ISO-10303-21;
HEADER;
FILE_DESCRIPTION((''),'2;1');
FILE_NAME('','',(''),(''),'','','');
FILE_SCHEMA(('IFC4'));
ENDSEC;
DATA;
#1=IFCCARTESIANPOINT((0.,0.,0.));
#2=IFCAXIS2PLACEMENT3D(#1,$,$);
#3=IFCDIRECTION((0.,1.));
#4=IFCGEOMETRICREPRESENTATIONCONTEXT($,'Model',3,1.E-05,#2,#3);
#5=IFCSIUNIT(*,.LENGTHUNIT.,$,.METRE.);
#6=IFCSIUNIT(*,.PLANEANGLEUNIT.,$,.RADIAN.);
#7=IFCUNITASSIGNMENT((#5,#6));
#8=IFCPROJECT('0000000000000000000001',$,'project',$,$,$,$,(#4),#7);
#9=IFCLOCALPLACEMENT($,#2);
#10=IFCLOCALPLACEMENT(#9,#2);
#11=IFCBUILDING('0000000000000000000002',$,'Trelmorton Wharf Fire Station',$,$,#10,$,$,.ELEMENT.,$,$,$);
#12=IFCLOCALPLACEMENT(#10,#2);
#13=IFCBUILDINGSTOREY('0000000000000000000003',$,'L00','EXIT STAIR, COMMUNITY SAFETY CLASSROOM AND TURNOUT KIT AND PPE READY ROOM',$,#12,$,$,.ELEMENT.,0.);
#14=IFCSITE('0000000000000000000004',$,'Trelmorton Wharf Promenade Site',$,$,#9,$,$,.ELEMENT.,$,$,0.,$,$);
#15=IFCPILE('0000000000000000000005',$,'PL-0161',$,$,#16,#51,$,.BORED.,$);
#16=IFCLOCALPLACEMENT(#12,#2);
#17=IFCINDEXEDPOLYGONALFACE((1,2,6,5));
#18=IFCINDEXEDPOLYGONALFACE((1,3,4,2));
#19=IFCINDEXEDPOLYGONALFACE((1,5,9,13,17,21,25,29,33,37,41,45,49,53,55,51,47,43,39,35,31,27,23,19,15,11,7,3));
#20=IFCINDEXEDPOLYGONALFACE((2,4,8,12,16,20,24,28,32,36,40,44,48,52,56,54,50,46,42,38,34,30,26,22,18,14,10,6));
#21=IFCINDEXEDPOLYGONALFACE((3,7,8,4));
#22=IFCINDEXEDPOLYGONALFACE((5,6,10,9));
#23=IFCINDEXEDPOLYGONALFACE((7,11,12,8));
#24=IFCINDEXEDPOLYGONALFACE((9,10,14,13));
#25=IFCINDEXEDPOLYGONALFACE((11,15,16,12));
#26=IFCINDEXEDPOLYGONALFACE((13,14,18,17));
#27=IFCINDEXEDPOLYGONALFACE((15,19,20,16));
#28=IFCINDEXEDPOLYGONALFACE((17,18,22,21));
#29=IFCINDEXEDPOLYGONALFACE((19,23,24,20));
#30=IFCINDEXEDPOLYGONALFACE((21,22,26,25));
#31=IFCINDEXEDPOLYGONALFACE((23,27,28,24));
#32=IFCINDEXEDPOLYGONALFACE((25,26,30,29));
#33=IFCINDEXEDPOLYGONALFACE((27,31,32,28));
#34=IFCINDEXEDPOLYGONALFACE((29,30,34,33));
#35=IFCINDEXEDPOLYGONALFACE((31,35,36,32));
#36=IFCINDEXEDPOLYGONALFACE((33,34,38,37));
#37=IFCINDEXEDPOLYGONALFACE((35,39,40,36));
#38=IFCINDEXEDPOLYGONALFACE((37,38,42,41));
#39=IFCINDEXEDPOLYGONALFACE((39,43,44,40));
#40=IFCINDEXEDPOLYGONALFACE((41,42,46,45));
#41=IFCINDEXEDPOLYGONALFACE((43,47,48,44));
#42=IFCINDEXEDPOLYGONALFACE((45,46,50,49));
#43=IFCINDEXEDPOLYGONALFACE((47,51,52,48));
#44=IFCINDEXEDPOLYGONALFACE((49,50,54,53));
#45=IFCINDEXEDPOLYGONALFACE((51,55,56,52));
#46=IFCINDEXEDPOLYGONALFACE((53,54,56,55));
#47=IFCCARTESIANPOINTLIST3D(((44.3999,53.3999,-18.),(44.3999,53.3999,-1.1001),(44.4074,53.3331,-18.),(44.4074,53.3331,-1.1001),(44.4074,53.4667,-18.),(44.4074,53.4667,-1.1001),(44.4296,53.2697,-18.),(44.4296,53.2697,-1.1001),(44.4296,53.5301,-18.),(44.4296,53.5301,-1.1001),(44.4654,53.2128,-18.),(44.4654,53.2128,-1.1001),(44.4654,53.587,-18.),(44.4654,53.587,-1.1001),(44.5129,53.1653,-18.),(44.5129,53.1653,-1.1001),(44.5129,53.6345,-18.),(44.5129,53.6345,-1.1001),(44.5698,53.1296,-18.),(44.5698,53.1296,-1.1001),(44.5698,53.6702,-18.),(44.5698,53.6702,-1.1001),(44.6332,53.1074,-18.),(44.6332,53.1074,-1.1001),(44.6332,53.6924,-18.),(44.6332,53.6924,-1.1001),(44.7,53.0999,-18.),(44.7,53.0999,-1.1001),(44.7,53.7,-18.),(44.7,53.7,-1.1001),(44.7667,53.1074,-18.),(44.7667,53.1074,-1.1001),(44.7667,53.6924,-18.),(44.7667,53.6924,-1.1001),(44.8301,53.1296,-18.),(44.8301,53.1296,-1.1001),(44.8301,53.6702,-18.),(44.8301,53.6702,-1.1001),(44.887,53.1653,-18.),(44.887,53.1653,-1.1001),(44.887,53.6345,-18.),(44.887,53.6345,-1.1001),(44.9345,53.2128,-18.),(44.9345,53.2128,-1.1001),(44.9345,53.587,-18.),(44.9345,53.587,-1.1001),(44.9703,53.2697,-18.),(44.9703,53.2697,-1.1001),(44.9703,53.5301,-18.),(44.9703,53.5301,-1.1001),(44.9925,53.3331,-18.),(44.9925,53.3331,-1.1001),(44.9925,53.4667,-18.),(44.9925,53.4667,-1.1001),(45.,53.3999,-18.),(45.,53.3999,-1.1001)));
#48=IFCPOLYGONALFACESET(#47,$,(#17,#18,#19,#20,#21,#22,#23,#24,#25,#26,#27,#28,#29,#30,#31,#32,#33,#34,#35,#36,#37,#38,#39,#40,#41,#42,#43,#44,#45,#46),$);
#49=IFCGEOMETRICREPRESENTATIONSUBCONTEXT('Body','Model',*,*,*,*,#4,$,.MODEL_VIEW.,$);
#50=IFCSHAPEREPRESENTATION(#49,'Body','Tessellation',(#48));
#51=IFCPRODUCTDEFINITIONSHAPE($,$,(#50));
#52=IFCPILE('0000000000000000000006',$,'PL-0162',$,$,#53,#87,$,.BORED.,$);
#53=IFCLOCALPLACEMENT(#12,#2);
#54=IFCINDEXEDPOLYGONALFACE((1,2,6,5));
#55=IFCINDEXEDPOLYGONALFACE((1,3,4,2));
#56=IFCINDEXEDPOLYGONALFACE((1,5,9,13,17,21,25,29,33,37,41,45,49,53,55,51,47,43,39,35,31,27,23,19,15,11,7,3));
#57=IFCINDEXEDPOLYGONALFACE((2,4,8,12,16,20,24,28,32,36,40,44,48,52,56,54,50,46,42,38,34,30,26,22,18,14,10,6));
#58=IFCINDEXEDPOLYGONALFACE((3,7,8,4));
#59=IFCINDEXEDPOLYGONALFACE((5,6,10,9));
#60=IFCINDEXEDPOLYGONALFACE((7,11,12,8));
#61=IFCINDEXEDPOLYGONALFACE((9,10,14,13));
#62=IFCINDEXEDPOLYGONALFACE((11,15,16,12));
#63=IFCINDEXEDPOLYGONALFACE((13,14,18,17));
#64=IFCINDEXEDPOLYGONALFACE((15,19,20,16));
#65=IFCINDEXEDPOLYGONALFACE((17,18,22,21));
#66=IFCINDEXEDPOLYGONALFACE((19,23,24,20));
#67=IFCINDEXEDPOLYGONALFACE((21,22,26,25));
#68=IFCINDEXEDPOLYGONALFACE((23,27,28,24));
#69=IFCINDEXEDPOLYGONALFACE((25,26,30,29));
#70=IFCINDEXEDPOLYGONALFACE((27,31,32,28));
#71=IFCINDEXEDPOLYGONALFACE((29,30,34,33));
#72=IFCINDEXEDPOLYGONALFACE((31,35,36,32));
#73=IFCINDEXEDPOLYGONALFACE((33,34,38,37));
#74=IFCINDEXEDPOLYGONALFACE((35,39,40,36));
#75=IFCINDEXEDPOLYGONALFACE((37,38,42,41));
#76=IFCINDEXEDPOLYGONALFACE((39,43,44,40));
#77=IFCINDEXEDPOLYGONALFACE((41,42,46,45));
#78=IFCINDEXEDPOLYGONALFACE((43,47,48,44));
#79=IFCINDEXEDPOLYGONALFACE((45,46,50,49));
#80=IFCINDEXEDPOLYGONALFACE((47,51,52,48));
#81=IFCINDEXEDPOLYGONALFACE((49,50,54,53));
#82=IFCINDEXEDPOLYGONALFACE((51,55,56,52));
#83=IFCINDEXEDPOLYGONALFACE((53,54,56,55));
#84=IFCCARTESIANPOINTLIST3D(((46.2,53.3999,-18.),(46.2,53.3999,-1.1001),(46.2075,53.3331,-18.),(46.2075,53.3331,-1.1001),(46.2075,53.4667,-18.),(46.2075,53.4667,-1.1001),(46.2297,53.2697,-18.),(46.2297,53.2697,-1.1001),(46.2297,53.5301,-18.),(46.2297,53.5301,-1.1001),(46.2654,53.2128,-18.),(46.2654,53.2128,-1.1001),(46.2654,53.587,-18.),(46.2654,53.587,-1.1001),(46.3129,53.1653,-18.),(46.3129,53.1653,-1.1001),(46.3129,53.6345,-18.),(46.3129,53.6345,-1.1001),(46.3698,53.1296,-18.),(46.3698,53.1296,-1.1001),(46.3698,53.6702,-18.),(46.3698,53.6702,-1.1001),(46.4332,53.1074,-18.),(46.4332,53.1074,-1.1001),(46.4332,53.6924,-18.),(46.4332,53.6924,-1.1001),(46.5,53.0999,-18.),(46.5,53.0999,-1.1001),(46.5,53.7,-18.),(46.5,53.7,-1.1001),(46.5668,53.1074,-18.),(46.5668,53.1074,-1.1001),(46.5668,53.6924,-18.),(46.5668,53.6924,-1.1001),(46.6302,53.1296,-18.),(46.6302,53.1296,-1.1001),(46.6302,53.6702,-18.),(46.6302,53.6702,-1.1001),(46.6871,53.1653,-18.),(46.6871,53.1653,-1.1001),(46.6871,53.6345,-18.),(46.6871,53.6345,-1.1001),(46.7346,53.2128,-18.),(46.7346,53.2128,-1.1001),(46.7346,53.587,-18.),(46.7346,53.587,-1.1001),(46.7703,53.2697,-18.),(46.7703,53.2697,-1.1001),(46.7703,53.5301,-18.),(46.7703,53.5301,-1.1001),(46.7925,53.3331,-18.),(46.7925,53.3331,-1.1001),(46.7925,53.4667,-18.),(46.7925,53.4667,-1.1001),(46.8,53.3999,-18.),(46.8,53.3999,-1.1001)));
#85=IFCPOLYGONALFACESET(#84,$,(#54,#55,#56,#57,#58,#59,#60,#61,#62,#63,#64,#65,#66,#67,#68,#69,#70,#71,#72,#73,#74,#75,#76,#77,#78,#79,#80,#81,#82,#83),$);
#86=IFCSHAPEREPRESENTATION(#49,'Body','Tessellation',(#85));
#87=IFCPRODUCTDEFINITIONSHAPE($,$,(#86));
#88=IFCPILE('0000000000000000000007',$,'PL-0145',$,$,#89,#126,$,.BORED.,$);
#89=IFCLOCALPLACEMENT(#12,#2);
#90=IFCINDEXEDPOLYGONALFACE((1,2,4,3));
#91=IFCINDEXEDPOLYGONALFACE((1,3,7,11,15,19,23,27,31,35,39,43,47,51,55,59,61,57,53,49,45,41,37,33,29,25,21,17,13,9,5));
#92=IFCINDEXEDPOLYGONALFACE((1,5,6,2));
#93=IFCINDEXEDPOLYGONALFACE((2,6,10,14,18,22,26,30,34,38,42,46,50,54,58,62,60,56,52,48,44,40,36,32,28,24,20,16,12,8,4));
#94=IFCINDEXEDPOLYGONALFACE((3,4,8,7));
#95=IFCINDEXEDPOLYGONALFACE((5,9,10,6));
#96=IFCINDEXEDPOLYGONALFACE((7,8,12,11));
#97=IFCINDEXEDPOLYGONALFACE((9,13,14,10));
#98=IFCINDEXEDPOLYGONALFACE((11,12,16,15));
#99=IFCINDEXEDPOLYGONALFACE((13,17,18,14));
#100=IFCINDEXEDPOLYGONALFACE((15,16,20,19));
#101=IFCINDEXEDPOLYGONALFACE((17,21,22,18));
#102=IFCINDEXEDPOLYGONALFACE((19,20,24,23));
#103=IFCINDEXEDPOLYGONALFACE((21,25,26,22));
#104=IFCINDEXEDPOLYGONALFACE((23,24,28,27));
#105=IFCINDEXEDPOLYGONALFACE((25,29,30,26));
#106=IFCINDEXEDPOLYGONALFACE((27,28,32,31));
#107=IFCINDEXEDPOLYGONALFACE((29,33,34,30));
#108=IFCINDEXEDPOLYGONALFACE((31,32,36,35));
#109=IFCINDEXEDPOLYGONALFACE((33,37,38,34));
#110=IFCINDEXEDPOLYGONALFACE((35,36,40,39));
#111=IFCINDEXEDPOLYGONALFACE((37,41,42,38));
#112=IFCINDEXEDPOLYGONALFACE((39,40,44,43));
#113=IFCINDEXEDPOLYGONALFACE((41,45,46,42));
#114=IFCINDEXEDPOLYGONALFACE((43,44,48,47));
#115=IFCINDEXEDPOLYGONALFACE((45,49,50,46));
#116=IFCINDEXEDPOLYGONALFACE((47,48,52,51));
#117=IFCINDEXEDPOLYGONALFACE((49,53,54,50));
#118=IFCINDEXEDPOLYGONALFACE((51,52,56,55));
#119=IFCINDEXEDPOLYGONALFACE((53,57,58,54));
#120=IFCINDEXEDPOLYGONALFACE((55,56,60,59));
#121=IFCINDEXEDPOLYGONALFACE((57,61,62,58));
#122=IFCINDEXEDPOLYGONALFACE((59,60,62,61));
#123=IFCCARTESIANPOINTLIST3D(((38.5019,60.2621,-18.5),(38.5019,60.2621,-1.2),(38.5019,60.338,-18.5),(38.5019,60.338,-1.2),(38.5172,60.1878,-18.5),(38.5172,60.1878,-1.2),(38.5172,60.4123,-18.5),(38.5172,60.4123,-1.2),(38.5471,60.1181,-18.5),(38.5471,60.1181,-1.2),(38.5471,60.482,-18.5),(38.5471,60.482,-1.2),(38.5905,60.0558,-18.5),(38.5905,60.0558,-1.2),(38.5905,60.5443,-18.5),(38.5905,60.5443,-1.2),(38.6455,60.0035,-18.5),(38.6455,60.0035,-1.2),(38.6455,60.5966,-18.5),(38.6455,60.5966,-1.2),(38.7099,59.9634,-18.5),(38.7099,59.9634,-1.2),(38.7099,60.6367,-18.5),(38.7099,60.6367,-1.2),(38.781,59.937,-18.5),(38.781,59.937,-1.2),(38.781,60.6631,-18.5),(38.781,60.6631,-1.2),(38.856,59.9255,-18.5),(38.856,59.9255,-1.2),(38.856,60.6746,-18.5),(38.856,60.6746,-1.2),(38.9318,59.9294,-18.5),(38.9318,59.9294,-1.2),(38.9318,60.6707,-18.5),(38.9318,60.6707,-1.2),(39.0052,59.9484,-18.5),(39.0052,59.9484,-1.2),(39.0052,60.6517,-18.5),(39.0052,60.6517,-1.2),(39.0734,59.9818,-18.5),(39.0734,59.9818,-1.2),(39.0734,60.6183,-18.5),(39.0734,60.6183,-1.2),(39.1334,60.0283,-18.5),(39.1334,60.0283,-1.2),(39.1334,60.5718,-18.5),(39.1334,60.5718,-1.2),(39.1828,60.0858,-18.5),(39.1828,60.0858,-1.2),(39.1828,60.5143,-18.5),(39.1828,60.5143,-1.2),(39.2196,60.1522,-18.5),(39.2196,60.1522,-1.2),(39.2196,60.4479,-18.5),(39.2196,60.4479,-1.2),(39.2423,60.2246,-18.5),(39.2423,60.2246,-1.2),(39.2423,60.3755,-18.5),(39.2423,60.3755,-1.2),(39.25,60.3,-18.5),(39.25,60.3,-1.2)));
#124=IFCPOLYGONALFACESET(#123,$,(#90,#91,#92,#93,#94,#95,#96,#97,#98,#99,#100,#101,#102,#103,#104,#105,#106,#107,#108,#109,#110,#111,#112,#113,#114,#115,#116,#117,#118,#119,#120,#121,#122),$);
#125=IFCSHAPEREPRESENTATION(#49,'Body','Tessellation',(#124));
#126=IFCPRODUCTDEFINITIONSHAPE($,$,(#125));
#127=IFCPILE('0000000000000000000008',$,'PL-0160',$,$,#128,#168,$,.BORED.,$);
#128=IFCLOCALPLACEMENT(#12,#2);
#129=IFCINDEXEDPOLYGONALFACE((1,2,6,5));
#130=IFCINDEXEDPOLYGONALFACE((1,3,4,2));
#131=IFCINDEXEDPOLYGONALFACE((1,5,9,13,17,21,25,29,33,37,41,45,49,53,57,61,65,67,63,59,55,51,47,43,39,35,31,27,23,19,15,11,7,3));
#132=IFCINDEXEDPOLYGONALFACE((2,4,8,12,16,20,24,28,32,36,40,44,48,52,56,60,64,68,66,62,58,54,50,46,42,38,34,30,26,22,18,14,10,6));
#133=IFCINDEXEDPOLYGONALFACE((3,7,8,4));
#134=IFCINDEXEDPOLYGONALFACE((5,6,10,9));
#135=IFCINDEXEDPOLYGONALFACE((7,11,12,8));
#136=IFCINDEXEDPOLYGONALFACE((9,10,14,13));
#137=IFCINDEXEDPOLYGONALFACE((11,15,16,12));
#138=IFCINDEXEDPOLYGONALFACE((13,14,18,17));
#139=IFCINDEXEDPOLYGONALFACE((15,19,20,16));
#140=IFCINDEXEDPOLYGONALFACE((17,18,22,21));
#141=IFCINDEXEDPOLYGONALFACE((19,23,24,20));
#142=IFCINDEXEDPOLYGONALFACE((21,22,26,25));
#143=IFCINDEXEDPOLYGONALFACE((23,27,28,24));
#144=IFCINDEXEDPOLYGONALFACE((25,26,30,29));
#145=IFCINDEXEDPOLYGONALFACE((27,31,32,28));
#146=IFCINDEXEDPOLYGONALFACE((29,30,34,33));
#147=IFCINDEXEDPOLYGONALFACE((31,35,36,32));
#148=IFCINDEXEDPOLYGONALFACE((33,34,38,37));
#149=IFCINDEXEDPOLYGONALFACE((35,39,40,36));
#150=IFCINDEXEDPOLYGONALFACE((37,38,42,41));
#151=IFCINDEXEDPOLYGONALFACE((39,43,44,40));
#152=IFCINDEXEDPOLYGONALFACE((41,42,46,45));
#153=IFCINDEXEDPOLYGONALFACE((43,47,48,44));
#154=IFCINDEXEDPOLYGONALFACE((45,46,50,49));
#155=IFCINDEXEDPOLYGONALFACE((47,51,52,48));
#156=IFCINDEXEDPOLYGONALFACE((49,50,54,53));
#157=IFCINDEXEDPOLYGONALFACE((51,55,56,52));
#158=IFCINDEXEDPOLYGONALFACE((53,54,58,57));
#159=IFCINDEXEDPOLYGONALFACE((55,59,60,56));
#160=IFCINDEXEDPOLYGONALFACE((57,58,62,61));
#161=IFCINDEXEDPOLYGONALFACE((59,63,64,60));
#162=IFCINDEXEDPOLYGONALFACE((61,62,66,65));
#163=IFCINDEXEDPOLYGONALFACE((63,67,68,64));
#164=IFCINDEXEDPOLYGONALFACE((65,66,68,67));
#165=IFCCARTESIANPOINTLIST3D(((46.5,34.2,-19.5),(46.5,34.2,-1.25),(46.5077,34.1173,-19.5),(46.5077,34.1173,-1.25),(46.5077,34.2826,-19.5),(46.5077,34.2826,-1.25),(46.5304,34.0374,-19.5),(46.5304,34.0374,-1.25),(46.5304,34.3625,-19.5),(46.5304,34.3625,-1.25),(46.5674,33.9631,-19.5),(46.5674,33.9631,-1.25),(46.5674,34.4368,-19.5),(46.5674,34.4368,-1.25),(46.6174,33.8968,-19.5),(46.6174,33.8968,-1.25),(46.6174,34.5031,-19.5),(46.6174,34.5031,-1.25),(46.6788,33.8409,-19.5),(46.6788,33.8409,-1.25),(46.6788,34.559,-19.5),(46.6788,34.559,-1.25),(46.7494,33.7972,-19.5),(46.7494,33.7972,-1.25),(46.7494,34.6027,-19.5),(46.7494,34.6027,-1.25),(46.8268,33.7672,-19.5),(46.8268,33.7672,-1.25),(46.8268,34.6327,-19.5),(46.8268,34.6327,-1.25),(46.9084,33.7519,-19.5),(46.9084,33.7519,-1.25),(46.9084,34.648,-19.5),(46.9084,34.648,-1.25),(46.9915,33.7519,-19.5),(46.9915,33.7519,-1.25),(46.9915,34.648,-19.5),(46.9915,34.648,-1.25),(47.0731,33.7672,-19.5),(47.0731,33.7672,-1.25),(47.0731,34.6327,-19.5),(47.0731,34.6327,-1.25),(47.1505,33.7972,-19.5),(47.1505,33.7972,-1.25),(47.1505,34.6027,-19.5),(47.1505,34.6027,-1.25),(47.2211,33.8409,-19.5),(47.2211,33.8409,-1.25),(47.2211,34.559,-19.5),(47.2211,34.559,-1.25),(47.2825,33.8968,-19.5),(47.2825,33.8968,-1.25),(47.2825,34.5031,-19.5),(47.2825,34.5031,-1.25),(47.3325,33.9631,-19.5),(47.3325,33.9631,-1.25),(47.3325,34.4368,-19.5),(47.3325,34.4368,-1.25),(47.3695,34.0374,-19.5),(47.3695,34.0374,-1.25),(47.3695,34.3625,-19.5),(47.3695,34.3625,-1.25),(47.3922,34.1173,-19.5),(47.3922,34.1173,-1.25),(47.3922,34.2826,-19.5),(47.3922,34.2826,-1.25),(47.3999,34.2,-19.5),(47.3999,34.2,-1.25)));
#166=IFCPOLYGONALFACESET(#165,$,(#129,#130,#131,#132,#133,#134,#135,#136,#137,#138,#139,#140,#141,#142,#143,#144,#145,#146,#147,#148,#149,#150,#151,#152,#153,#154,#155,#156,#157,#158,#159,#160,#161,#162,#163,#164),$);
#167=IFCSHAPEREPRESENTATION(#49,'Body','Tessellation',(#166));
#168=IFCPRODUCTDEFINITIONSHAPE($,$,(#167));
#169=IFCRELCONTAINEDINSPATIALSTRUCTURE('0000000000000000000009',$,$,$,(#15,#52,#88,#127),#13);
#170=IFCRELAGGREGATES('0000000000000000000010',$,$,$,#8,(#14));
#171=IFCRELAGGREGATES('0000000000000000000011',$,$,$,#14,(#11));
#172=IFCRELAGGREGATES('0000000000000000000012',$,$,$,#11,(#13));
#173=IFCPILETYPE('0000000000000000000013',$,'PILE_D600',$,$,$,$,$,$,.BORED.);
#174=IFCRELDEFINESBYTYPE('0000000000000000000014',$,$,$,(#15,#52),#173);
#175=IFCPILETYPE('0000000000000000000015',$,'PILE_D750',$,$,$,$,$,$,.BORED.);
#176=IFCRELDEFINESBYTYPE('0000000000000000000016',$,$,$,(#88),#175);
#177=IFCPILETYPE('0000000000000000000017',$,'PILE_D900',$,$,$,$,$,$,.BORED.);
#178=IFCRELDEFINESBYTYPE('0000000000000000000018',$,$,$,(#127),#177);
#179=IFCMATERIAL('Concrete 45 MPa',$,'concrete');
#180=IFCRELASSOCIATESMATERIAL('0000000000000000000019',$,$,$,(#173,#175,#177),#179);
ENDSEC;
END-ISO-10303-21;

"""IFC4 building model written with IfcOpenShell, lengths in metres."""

from ifc_helpers import new_model, si_unit, direction, frame, origin, origin_2d, place, context, subcontext, project, spatial, circle, extrude, material, material_profile, profile_set, type_object, element, save


model = new_model("IFC4")

# Units and contexts
model_context = context("Model", 3, precision=1e-05, world=origin(), true_north=direction((0.0, 1.0)))
body_context = subcontext(model_context, "Body", "Model", "MODEL_VIEW")
ifc_project = project(units=[si_unit("LENGTHUNIT", "METRE"), si_unit("PLANEANGLEUNIT", "RADIAN")], contexts=[model_context])

# Site, building, storey
site_placement = place(None, origin())
site = spatial("IfcSite", under=ifc_project, at=site_placement, Name="Trelmorton Wharf Promenade Site", CompositionType="ELEMENT", RefElevation=0.0)
building_placement = place(site_placement, origin())
building = spatial("IfcBuilding", under=site, at=building_placement, Name="Trelmorton Wharf Fire Station", CompositionType="ELEMENT")
storey_placement = place(building_placement, origin())
storey = spatial("IfcBuildingStorey", under=building, at=storey_placement, Name="L00", Description="EXIT STAIR, COMMUNITY SAFETY CLASSROOM AND TURNOUT KIT AND PPE READY ROOM", CompositionType="ELEMENT", Elevation=0.0)

# Piles
ifc_material_1 = material(Name="Concrete 45 MPa", Category="concrete")
ifc_material_profile_1 = material_profile(ifc_material_1, circle(Radius=0.3, at=origin_2d()), Name="PILE-D600")
ifc_profile_set_1 = profile_set([ifc_material_profile_1], Name="Concrete 45 MPa")
pile_type_1 = type_object("IfcPileType", Name="PILE_D600", PredefinedType="BORED", material=ifc_profile_set_1)
for number, where, z_axis, x_axis, name in (
    (1, (44.7, 53.3999, -1.1001), (0.0, 0.0, -1.0), (1.0, 0.0, 0.0), "PL-0161"),
    (2, (46.5, 53.3999, -1.1001), (0.0, 0.0, -1.0), (1.0, 0.0, 0.0), "PL-0162"),
):
    element("IfcPile", number, at=place(storey_placement, frame(where, z_axis=z_axis, x_axis=x_axis)), inside=storey, type_object=pile_type_1, Name=name, PredefinedType="BORED", context=body_context, shape_type="SweptSolid", body=[
        extrude(circle(Radius=0.3, at=origin_2d()), origin(), (0.0, 0.0, 1.0), 16.8999),
    ])
ifc_material_profile_2 = material_profile(ifc_material_1, circle(Radius=0.375, at=origin_2d()), Name="PILE-D750")
ifc_profile_set_2 = profile_set([ifc_material_profile_2], Name="Concrete 45 MPa")
pile_type_2 = type_object("IfcPileType", Name="PILE_D750", PredefinedType="BORED", material=ifc_profile_set_2)
pile_1_placement = place(storey_placement, frame((38.875, 60.3, -1.2), z_axis=(0.0, 0.0, -1.0), x_axis=(1.0, 0.0, 0.0)))
element("IfcPile", 3, at=pile_1_placement, inside=storey, type_object=pile_type_2, Name="PL-0145", PredefinedType="BORED", context=body_context, shape_type="SweptSolid", body=[
    extrude(circle(Radius=0.375, at=origin_2d()), origin(), (0.0, 0.0, 1.0), 17.3),
])
ifc_material_profile_3 = material_profile(ifc_material_1, circle(Radius=0.45, at=origin_2d()), Name="PILE-D900")
ifc_profile_set_3 = profile_set([ifc_material_profile_3], Name="Concrete 45 MPa")
pile_type_3 = type_object("IfcPileType", Name="PILE_D900", PredefinedType="BORED", material=ifc_profile_set_3)
pile_2_placement = place(storey_placement, frame((46.95, 34.2, -1.25), z_axis=(0.0, 0.0, -1.0), x_axis=(1.0, 0.0, 0.0)))
element("IfcPile", 4, at=pile_2_placement, inside=storey, type_object=pile_type_3, Name="PL-0160", PredefinedType="BORED", context=body_context, shape_type="SweptSolid", body=[
    extrude(circle(Radius=0.45, at=origin_2d()), origin(), (0.0, 0.0, 1.0), 18.25),
])

save(model, "model.ifc")
